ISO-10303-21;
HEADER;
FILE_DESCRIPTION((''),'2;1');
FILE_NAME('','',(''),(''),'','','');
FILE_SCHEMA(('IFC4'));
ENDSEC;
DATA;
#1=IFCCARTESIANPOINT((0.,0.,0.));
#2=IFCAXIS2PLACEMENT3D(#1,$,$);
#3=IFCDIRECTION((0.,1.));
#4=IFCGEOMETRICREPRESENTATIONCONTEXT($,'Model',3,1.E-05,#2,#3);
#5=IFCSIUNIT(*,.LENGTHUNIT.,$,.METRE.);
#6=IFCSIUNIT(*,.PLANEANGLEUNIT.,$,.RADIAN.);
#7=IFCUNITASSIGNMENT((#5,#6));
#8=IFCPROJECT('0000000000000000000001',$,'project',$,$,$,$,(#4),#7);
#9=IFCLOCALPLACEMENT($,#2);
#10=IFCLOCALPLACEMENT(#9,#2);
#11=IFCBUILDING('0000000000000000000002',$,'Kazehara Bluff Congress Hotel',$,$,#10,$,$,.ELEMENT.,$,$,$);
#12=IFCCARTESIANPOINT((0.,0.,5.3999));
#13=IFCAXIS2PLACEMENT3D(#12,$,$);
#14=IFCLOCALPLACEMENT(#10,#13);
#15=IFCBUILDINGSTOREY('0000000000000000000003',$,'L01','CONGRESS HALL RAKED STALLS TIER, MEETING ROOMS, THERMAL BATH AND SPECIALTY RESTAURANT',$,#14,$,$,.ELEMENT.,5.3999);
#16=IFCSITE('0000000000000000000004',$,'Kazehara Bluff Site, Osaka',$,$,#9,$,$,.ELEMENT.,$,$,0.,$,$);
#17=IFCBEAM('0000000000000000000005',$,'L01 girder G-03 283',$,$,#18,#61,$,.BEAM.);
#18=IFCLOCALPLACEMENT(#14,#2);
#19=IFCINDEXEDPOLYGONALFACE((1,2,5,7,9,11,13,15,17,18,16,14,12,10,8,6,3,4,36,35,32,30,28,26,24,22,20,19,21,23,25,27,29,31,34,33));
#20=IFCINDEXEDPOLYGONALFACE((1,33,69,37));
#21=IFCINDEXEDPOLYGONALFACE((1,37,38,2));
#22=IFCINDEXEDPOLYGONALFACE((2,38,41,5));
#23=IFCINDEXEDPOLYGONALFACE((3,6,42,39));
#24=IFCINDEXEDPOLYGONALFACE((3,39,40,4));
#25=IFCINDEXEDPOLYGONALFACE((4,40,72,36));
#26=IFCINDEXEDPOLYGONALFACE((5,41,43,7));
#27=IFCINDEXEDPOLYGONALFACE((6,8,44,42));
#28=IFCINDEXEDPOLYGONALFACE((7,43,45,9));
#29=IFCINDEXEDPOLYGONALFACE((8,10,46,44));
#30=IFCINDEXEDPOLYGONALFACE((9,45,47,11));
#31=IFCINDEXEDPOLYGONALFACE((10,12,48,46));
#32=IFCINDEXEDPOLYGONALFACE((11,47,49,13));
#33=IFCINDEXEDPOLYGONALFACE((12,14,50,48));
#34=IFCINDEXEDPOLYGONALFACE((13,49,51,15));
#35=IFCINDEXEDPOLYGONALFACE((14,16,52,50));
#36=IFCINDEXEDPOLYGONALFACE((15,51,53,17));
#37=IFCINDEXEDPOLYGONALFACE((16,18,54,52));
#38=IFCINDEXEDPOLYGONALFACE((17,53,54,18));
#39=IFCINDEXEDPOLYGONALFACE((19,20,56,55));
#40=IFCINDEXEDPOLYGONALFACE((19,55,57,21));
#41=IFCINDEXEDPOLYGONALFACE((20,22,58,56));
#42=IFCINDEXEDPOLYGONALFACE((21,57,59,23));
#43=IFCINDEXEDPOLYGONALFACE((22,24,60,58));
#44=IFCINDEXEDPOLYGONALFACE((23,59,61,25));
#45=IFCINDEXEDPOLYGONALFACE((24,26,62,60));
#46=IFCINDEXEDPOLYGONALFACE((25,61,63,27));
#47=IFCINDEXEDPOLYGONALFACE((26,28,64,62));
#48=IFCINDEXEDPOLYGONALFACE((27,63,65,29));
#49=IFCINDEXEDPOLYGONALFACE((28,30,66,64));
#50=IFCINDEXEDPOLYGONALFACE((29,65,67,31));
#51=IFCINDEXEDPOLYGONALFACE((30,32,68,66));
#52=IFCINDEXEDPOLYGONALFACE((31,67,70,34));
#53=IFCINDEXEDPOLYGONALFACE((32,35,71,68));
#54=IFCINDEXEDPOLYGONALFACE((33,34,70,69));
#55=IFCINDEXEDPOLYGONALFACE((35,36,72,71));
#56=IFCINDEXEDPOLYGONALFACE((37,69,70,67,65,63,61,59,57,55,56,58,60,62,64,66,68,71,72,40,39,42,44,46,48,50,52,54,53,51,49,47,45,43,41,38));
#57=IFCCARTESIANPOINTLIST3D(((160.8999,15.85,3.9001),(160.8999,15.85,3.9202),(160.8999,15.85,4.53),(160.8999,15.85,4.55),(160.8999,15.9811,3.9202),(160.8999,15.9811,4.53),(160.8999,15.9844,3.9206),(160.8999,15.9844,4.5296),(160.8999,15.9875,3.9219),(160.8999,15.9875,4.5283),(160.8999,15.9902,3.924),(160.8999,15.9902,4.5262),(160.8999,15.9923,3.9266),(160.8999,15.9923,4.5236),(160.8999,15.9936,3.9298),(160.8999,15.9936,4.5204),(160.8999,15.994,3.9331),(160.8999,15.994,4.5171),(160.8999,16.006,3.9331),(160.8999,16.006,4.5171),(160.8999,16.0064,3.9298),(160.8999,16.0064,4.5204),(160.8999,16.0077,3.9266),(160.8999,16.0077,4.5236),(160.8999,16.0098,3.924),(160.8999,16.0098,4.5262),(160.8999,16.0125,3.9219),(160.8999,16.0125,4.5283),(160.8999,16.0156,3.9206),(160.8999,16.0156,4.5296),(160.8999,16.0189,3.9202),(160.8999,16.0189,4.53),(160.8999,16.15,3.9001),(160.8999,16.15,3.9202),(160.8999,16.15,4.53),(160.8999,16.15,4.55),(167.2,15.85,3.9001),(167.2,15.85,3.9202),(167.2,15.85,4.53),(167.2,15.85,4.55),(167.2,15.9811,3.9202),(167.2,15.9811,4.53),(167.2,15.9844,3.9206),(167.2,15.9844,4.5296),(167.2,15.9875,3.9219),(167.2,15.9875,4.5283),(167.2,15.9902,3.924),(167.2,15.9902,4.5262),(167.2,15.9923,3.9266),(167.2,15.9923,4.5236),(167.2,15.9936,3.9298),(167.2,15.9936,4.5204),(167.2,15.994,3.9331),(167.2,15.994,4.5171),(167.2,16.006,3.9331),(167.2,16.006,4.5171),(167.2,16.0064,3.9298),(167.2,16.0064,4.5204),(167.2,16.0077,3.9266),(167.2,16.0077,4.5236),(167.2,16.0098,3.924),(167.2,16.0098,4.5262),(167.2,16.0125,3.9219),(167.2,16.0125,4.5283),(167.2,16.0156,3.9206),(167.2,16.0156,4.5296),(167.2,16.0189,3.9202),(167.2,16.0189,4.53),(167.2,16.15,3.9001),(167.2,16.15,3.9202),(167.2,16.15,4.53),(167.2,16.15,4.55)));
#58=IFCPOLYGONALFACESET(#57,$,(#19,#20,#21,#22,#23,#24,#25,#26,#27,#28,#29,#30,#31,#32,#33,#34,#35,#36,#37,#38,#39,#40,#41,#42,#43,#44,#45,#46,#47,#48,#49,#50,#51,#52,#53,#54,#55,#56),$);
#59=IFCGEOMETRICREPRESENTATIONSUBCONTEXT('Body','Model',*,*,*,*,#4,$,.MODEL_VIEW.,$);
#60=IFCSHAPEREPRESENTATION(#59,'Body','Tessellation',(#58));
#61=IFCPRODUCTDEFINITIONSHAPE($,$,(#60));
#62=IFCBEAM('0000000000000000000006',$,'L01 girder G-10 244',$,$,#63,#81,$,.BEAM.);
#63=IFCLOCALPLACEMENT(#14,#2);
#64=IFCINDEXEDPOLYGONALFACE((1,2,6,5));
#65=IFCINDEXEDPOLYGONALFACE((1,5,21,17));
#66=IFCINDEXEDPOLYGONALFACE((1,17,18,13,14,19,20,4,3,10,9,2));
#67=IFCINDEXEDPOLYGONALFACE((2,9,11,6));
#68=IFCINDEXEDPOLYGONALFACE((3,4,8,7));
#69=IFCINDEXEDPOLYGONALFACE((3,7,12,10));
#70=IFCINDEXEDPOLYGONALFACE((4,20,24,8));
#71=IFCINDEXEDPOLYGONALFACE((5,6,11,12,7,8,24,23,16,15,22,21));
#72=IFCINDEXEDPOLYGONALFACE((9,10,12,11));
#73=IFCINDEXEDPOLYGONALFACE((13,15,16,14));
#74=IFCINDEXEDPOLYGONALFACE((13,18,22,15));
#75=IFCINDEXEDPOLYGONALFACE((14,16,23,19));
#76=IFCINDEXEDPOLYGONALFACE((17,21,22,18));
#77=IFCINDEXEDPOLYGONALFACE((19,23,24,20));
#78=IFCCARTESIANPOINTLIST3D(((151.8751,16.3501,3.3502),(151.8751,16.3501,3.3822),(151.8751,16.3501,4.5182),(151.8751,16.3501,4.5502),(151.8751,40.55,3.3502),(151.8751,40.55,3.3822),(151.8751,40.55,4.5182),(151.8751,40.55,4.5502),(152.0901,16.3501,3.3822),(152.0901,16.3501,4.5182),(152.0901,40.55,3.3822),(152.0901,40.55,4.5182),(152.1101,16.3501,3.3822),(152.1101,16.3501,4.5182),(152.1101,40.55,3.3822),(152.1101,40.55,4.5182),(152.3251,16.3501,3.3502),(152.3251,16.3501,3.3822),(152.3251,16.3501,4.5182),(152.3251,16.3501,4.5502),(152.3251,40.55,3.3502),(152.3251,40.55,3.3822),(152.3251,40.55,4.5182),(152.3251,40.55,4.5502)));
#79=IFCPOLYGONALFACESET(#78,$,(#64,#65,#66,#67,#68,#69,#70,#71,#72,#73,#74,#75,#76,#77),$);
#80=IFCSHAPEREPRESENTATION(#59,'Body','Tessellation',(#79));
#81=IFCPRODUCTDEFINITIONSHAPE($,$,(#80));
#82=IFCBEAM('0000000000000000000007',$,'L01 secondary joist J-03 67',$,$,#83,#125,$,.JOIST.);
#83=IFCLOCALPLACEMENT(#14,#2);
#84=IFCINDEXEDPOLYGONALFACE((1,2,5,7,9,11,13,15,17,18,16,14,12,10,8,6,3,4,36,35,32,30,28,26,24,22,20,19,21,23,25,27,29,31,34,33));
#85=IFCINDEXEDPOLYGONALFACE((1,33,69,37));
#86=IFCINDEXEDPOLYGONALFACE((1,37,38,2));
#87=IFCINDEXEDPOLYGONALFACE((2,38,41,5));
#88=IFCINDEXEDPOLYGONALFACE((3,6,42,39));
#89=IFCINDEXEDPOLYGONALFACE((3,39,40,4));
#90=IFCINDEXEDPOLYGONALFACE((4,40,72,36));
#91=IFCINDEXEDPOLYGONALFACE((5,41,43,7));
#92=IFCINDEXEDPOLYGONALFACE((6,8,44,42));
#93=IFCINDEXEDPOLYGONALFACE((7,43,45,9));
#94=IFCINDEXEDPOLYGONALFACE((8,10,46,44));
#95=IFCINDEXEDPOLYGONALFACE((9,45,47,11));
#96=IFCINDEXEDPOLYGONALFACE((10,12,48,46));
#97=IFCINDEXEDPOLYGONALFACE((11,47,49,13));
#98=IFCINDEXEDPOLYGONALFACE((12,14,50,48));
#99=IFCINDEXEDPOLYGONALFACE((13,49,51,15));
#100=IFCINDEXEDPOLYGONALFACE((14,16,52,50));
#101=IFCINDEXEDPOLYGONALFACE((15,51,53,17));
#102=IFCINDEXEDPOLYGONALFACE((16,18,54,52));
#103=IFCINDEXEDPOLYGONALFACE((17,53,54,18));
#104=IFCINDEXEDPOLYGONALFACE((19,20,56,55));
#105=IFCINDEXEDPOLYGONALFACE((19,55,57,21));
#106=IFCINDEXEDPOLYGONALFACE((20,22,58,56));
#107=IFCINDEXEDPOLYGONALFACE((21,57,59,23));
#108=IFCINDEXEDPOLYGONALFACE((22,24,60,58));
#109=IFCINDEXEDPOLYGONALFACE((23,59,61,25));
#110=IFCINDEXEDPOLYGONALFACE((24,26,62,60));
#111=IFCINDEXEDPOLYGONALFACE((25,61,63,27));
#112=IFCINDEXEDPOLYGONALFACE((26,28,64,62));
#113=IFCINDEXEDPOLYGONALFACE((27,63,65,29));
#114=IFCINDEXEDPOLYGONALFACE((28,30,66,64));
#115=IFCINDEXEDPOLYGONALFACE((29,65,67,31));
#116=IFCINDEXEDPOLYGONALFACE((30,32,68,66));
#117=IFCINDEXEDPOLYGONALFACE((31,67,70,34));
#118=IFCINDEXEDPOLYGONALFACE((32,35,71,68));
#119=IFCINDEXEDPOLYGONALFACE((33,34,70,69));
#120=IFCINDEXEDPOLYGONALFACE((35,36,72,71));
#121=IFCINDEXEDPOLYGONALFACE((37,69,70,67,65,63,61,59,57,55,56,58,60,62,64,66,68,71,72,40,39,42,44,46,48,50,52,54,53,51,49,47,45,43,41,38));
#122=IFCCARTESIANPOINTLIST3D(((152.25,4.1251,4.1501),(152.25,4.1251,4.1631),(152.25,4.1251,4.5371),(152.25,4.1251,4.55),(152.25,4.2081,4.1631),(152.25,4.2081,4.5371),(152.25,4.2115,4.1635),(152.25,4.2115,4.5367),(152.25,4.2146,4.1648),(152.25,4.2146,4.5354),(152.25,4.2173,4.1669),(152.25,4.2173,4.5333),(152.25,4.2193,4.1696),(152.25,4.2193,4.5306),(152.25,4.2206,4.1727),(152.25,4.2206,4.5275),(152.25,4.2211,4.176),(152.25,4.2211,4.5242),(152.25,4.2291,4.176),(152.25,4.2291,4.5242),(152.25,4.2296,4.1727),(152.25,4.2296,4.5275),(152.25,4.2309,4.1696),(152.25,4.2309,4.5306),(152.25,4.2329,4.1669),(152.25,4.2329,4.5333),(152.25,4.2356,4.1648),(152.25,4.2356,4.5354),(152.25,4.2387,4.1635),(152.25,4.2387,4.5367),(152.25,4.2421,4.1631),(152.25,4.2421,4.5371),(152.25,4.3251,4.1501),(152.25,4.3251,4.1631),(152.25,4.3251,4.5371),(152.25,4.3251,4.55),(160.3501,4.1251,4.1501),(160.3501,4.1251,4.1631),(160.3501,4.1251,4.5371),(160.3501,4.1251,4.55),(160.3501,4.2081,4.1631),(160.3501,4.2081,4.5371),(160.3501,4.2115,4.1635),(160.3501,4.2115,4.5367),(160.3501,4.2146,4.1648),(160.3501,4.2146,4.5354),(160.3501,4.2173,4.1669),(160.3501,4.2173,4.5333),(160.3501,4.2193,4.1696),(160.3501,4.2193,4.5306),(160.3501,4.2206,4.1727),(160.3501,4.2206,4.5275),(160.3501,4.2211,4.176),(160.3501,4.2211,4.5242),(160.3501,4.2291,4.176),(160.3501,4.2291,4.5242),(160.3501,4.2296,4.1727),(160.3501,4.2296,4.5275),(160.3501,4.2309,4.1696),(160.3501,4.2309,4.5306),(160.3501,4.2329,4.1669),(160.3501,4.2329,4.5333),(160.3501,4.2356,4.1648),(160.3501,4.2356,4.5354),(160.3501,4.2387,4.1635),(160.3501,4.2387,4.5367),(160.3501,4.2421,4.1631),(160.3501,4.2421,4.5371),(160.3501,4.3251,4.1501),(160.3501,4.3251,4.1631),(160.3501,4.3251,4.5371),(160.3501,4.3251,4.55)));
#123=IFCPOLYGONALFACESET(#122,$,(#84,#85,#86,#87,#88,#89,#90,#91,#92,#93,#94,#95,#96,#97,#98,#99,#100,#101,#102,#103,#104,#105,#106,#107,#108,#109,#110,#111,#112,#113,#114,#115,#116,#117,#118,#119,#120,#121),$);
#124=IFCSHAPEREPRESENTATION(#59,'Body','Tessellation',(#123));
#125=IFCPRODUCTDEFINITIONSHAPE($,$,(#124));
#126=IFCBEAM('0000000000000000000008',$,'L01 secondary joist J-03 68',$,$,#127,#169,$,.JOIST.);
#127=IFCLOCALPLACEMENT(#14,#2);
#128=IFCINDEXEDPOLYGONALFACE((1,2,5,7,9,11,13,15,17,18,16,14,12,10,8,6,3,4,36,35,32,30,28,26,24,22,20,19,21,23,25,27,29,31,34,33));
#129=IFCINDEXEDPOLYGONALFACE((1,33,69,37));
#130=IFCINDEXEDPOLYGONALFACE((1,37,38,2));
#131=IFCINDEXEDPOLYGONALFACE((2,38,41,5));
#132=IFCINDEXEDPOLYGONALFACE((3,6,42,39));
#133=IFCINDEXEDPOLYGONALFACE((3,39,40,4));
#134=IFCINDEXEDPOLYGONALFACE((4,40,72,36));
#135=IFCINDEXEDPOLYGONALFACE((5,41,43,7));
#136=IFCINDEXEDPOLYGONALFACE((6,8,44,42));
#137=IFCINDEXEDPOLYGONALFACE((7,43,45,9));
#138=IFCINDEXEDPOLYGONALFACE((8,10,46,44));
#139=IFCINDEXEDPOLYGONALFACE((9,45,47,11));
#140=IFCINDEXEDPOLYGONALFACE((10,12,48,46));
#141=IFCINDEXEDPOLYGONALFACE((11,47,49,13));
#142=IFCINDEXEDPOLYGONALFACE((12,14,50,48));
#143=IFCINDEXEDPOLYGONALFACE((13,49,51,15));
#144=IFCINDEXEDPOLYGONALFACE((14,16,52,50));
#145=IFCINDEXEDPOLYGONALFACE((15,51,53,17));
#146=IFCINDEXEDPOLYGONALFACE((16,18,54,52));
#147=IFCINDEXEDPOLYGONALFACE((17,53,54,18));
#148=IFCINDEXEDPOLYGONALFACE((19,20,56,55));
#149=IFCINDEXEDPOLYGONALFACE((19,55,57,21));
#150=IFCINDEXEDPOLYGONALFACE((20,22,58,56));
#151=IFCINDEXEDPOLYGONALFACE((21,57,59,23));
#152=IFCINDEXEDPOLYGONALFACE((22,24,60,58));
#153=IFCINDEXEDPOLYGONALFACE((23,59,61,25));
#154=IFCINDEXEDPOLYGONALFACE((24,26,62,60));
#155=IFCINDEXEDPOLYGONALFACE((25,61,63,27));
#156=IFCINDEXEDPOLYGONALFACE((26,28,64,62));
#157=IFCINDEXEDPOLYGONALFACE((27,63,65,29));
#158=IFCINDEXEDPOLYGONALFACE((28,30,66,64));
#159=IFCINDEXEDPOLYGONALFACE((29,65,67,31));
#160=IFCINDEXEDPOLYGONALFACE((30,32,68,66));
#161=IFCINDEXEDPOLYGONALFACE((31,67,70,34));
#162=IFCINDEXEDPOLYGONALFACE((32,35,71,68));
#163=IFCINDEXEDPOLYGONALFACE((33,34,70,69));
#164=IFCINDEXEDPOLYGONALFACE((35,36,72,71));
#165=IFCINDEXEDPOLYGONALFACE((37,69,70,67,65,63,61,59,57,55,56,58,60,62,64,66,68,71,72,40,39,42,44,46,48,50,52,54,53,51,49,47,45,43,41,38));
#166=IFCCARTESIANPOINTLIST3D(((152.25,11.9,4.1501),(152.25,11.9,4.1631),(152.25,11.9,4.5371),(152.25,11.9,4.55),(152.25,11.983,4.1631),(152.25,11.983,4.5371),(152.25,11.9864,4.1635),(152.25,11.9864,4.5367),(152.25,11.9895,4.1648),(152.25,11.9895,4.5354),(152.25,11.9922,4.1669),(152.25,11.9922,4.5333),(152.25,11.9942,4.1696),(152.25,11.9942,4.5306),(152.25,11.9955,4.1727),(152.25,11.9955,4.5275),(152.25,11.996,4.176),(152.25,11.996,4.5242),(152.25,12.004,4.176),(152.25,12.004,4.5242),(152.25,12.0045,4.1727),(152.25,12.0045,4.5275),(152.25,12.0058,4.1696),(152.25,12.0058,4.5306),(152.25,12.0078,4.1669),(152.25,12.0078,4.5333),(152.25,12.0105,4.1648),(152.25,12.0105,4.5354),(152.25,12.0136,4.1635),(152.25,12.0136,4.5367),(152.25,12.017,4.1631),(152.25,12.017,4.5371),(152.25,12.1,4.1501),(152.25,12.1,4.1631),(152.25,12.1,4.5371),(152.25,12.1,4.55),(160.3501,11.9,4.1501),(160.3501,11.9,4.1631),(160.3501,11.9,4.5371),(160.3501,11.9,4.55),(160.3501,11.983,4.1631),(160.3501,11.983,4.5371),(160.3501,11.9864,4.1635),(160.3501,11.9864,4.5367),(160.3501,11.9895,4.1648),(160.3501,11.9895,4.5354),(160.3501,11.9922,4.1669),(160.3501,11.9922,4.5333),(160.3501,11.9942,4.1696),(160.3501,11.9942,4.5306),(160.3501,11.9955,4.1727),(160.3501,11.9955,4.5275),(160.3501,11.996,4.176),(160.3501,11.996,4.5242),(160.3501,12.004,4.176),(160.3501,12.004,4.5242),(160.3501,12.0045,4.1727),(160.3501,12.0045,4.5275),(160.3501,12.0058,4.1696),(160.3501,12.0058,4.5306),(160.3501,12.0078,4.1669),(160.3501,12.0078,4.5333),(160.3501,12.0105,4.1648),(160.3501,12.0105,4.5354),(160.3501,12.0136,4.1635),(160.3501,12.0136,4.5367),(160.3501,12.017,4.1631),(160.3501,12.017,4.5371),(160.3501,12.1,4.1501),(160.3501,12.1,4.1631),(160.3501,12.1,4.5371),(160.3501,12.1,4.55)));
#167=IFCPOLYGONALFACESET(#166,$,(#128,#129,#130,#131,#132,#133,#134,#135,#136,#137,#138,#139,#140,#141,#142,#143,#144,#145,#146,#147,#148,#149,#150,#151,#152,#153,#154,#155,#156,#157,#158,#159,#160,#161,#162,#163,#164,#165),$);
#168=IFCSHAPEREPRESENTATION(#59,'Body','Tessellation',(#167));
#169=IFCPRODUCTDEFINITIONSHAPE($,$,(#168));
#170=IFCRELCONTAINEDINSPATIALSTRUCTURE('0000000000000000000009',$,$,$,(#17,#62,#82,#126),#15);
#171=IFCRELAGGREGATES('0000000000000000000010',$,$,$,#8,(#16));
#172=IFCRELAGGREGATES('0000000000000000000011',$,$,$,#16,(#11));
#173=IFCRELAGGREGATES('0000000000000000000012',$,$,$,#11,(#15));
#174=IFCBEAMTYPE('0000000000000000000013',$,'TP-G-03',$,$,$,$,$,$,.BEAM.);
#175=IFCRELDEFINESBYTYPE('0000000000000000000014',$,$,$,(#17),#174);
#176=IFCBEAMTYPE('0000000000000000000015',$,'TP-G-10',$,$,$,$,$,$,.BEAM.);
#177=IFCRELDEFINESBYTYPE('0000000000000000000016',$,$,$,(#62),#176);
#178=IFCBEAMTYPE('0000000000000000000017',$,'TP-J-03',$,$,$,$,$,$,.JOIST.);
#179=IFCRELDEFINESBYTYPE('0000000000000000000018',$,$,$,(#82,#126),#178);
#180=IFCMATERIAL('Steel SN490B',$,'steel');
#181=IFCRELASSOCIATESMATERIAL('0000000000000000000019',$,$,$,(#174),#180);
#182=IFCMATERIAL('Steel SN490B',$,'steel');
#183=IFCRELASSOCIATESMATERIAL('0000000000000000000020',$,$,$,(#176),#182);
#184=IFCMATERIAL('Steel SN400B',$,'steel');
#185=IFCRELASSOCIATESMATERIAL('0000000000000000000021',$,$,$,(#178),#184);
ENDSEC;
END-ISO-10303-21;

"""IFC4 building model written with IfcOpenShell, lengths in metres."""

from ifc_helpers import new_model, si_unit, direction, frame, origin, origin_2d, place, context, subcontext, project, spatial, i_section, extrude, material, material_profile, profile_set, type_object, element, save


model = new_model("IFC4")

# Units and contexts
model_context = context("Model", 3, precision=1e-05, world=origin(), true_north=direction((0.0, 1.0)))
body_context = subcontext(model_context, "Body", "Model", "MODEL_VIEW")
ifc_project = project(units=[si_unit("LENGTHUNIT", "METRE"), si_unit("PLANEANGLEUNIT", "RADIAN")], contexts=[model_context])

# Site, building, storey
site_placement = place(None, origin())
site = spatial("IfcSite", under=ifc_project, at=site_placement, Name="Kazehara Bluff Site, Osaka", CompositionType="ELEMENT", RefElevation=0.0)
building_placement = place(site_placement, origin())
building = spatial("IfcBuilding", under=site, at=building_placement, Name="Kazehara Bluff Congress Hotel", CompositionType="ELEMENT")
storey_placement = place(building_placement, frame((0.0, 0.0, 5.3999)))
storey = spatial("IfcBuildingStorey", under=building, at=storey_placement, Name="L01", Description="CONGRESS HALL RAKED STALLS TIER, MEETING ROOMS, THERMAL BATH AND SPECIALTY RESTAURANT", CompositionType="ELEMENT", Elevation=5.3999)

# Beams
ifc_material_1 = material(Name="Steel SN490B", Category="steel")
ifc_material_profile_1 = material_profile(ifc_material_1, i_section(OverallWidth=0.3, OverallDepth=0.6499, WebThickness=0.012, FlangeThickness=0.02, FilletRadius=0.0129, at=origin_2d()))
ifc_profile_set_1 = profile_set([ifc_material_profile_1], Name="Steel SN490B")
beam_type_1 = type_object("IfcBeamType", Name="TP-G-03", PredefinedType="BEAM", material=ifc_profile_set_1)
beam_1_placement = place(storey_placement, frame((160.8999, 16.0, 4.2251), z_axis=(1.0, 0.0, 0.0), x_axis=(0.0, 1.0, 0.0)))
element("IfcBeam", 1, at=beam_1_placement, inside=storey, type_object=beam_type_1, Name="L01 girder G-03 283", PredefinedType="BEAM", context=body_context, shape_type="SweptSolid", body=[
    extrude(i_section(OverallWidth=0.3, OverallDepth=0.6499, WebThickness=0.012, FlangeThickness=0.02, FilletRadius=0.0129, at=origin_2d()), origin(), (0.0, 0.0, 1.0), 6.3),
])
ifc_material_2 = material(Name="Steel SN490B", Category="steel")
ifc_material_profile_2 = material_profile(ifc_material_2, i_section(OverallWidth=0.45, OverallDepth=1.2, WebThickness=0.02, FlangeThickness=0.032, at=origin_2d()))
ifc_profile_set_2 = profile_set([ifc_material_profile_2], Name="Steel SN490B")
beam_type_2 = type_object("IfcBeamType", Name="TP-G-10", PredefinedType="BEAM", material=ifc_profile_set_2)
beam_2_placement = place(storey_placement, frame((152.1001, 16.3501, 3.9502), z_axis=(0.0, 1.0, 0.0), x_axis=(-1.0, 0.0, 0.0)))
element("IfcBeam", 2, at=beam_2_placement, inside=storey, type_object=beam_type_2, Name="L01 girder G-10 244", PredefinedType="BEAM", context=body_context, shape_type="SweptSolid", body=[
    extrude(i_section(OverallWidth=0.45, OverallDepth=1.2, WebThickness=0.02, FlangeThickness=0.032, at=origin_2d()), origin(), (0.0, 0.0, 1.0), 24.2),
])
ifc_material_3 = material(Name="Steel SN400B", Category="steel")
ifc_material_profile_3 = material_profile(ifc_material_3, i_section(OverallWidth=0.2, OverallDepth=0.3999, WebThickness=0.0081, FlangeThickness=0.0129, FilletRadius=0.0129, at=origin_2d()))
ifc_profile_set_3 = profile_set([ifc_material_profile_3], Name="Steel SN400B")
beam_type_3 = type_object("IfcBeamType", Name="TP-J-03", PredefinedType="JOIST", material=ifc_profile_set_3)
for number, where, z_axis, x_axis, name in (
    (3, (152.25, 4.2251, 4.3501), (1.0, 0.0, 0.0), (0.0, 1.0, 0.0), "L01 secondary joist J-03 67"),
    (4, (152.25, 12.0, 4.3501), (1.0, 0.0, 0.0), (0.0, 1.0, 0.0), "L01 secondary joist J-03 68"),
):
    element("IfcBeam", number, at=place(storey_placement, frame(where, z_axis=z_axis, x_axis=x_axis)), inside=storey, type_object=beam_type_3, Name=name, PredefinedType="JOIST", context=body_context, shape_type="SweptSolid", body=[
        extrude(i_section(OverallWidth=0.2, OverallDepth=0.3999, WebThickness=0.0081, FlangeThickness=0.0129, FilletRadius=0.0129, at=origin_2d()), origin(), (0.0, 0.0, 1.0), 8.1001),
    ])

save(model, "model.ifc")
